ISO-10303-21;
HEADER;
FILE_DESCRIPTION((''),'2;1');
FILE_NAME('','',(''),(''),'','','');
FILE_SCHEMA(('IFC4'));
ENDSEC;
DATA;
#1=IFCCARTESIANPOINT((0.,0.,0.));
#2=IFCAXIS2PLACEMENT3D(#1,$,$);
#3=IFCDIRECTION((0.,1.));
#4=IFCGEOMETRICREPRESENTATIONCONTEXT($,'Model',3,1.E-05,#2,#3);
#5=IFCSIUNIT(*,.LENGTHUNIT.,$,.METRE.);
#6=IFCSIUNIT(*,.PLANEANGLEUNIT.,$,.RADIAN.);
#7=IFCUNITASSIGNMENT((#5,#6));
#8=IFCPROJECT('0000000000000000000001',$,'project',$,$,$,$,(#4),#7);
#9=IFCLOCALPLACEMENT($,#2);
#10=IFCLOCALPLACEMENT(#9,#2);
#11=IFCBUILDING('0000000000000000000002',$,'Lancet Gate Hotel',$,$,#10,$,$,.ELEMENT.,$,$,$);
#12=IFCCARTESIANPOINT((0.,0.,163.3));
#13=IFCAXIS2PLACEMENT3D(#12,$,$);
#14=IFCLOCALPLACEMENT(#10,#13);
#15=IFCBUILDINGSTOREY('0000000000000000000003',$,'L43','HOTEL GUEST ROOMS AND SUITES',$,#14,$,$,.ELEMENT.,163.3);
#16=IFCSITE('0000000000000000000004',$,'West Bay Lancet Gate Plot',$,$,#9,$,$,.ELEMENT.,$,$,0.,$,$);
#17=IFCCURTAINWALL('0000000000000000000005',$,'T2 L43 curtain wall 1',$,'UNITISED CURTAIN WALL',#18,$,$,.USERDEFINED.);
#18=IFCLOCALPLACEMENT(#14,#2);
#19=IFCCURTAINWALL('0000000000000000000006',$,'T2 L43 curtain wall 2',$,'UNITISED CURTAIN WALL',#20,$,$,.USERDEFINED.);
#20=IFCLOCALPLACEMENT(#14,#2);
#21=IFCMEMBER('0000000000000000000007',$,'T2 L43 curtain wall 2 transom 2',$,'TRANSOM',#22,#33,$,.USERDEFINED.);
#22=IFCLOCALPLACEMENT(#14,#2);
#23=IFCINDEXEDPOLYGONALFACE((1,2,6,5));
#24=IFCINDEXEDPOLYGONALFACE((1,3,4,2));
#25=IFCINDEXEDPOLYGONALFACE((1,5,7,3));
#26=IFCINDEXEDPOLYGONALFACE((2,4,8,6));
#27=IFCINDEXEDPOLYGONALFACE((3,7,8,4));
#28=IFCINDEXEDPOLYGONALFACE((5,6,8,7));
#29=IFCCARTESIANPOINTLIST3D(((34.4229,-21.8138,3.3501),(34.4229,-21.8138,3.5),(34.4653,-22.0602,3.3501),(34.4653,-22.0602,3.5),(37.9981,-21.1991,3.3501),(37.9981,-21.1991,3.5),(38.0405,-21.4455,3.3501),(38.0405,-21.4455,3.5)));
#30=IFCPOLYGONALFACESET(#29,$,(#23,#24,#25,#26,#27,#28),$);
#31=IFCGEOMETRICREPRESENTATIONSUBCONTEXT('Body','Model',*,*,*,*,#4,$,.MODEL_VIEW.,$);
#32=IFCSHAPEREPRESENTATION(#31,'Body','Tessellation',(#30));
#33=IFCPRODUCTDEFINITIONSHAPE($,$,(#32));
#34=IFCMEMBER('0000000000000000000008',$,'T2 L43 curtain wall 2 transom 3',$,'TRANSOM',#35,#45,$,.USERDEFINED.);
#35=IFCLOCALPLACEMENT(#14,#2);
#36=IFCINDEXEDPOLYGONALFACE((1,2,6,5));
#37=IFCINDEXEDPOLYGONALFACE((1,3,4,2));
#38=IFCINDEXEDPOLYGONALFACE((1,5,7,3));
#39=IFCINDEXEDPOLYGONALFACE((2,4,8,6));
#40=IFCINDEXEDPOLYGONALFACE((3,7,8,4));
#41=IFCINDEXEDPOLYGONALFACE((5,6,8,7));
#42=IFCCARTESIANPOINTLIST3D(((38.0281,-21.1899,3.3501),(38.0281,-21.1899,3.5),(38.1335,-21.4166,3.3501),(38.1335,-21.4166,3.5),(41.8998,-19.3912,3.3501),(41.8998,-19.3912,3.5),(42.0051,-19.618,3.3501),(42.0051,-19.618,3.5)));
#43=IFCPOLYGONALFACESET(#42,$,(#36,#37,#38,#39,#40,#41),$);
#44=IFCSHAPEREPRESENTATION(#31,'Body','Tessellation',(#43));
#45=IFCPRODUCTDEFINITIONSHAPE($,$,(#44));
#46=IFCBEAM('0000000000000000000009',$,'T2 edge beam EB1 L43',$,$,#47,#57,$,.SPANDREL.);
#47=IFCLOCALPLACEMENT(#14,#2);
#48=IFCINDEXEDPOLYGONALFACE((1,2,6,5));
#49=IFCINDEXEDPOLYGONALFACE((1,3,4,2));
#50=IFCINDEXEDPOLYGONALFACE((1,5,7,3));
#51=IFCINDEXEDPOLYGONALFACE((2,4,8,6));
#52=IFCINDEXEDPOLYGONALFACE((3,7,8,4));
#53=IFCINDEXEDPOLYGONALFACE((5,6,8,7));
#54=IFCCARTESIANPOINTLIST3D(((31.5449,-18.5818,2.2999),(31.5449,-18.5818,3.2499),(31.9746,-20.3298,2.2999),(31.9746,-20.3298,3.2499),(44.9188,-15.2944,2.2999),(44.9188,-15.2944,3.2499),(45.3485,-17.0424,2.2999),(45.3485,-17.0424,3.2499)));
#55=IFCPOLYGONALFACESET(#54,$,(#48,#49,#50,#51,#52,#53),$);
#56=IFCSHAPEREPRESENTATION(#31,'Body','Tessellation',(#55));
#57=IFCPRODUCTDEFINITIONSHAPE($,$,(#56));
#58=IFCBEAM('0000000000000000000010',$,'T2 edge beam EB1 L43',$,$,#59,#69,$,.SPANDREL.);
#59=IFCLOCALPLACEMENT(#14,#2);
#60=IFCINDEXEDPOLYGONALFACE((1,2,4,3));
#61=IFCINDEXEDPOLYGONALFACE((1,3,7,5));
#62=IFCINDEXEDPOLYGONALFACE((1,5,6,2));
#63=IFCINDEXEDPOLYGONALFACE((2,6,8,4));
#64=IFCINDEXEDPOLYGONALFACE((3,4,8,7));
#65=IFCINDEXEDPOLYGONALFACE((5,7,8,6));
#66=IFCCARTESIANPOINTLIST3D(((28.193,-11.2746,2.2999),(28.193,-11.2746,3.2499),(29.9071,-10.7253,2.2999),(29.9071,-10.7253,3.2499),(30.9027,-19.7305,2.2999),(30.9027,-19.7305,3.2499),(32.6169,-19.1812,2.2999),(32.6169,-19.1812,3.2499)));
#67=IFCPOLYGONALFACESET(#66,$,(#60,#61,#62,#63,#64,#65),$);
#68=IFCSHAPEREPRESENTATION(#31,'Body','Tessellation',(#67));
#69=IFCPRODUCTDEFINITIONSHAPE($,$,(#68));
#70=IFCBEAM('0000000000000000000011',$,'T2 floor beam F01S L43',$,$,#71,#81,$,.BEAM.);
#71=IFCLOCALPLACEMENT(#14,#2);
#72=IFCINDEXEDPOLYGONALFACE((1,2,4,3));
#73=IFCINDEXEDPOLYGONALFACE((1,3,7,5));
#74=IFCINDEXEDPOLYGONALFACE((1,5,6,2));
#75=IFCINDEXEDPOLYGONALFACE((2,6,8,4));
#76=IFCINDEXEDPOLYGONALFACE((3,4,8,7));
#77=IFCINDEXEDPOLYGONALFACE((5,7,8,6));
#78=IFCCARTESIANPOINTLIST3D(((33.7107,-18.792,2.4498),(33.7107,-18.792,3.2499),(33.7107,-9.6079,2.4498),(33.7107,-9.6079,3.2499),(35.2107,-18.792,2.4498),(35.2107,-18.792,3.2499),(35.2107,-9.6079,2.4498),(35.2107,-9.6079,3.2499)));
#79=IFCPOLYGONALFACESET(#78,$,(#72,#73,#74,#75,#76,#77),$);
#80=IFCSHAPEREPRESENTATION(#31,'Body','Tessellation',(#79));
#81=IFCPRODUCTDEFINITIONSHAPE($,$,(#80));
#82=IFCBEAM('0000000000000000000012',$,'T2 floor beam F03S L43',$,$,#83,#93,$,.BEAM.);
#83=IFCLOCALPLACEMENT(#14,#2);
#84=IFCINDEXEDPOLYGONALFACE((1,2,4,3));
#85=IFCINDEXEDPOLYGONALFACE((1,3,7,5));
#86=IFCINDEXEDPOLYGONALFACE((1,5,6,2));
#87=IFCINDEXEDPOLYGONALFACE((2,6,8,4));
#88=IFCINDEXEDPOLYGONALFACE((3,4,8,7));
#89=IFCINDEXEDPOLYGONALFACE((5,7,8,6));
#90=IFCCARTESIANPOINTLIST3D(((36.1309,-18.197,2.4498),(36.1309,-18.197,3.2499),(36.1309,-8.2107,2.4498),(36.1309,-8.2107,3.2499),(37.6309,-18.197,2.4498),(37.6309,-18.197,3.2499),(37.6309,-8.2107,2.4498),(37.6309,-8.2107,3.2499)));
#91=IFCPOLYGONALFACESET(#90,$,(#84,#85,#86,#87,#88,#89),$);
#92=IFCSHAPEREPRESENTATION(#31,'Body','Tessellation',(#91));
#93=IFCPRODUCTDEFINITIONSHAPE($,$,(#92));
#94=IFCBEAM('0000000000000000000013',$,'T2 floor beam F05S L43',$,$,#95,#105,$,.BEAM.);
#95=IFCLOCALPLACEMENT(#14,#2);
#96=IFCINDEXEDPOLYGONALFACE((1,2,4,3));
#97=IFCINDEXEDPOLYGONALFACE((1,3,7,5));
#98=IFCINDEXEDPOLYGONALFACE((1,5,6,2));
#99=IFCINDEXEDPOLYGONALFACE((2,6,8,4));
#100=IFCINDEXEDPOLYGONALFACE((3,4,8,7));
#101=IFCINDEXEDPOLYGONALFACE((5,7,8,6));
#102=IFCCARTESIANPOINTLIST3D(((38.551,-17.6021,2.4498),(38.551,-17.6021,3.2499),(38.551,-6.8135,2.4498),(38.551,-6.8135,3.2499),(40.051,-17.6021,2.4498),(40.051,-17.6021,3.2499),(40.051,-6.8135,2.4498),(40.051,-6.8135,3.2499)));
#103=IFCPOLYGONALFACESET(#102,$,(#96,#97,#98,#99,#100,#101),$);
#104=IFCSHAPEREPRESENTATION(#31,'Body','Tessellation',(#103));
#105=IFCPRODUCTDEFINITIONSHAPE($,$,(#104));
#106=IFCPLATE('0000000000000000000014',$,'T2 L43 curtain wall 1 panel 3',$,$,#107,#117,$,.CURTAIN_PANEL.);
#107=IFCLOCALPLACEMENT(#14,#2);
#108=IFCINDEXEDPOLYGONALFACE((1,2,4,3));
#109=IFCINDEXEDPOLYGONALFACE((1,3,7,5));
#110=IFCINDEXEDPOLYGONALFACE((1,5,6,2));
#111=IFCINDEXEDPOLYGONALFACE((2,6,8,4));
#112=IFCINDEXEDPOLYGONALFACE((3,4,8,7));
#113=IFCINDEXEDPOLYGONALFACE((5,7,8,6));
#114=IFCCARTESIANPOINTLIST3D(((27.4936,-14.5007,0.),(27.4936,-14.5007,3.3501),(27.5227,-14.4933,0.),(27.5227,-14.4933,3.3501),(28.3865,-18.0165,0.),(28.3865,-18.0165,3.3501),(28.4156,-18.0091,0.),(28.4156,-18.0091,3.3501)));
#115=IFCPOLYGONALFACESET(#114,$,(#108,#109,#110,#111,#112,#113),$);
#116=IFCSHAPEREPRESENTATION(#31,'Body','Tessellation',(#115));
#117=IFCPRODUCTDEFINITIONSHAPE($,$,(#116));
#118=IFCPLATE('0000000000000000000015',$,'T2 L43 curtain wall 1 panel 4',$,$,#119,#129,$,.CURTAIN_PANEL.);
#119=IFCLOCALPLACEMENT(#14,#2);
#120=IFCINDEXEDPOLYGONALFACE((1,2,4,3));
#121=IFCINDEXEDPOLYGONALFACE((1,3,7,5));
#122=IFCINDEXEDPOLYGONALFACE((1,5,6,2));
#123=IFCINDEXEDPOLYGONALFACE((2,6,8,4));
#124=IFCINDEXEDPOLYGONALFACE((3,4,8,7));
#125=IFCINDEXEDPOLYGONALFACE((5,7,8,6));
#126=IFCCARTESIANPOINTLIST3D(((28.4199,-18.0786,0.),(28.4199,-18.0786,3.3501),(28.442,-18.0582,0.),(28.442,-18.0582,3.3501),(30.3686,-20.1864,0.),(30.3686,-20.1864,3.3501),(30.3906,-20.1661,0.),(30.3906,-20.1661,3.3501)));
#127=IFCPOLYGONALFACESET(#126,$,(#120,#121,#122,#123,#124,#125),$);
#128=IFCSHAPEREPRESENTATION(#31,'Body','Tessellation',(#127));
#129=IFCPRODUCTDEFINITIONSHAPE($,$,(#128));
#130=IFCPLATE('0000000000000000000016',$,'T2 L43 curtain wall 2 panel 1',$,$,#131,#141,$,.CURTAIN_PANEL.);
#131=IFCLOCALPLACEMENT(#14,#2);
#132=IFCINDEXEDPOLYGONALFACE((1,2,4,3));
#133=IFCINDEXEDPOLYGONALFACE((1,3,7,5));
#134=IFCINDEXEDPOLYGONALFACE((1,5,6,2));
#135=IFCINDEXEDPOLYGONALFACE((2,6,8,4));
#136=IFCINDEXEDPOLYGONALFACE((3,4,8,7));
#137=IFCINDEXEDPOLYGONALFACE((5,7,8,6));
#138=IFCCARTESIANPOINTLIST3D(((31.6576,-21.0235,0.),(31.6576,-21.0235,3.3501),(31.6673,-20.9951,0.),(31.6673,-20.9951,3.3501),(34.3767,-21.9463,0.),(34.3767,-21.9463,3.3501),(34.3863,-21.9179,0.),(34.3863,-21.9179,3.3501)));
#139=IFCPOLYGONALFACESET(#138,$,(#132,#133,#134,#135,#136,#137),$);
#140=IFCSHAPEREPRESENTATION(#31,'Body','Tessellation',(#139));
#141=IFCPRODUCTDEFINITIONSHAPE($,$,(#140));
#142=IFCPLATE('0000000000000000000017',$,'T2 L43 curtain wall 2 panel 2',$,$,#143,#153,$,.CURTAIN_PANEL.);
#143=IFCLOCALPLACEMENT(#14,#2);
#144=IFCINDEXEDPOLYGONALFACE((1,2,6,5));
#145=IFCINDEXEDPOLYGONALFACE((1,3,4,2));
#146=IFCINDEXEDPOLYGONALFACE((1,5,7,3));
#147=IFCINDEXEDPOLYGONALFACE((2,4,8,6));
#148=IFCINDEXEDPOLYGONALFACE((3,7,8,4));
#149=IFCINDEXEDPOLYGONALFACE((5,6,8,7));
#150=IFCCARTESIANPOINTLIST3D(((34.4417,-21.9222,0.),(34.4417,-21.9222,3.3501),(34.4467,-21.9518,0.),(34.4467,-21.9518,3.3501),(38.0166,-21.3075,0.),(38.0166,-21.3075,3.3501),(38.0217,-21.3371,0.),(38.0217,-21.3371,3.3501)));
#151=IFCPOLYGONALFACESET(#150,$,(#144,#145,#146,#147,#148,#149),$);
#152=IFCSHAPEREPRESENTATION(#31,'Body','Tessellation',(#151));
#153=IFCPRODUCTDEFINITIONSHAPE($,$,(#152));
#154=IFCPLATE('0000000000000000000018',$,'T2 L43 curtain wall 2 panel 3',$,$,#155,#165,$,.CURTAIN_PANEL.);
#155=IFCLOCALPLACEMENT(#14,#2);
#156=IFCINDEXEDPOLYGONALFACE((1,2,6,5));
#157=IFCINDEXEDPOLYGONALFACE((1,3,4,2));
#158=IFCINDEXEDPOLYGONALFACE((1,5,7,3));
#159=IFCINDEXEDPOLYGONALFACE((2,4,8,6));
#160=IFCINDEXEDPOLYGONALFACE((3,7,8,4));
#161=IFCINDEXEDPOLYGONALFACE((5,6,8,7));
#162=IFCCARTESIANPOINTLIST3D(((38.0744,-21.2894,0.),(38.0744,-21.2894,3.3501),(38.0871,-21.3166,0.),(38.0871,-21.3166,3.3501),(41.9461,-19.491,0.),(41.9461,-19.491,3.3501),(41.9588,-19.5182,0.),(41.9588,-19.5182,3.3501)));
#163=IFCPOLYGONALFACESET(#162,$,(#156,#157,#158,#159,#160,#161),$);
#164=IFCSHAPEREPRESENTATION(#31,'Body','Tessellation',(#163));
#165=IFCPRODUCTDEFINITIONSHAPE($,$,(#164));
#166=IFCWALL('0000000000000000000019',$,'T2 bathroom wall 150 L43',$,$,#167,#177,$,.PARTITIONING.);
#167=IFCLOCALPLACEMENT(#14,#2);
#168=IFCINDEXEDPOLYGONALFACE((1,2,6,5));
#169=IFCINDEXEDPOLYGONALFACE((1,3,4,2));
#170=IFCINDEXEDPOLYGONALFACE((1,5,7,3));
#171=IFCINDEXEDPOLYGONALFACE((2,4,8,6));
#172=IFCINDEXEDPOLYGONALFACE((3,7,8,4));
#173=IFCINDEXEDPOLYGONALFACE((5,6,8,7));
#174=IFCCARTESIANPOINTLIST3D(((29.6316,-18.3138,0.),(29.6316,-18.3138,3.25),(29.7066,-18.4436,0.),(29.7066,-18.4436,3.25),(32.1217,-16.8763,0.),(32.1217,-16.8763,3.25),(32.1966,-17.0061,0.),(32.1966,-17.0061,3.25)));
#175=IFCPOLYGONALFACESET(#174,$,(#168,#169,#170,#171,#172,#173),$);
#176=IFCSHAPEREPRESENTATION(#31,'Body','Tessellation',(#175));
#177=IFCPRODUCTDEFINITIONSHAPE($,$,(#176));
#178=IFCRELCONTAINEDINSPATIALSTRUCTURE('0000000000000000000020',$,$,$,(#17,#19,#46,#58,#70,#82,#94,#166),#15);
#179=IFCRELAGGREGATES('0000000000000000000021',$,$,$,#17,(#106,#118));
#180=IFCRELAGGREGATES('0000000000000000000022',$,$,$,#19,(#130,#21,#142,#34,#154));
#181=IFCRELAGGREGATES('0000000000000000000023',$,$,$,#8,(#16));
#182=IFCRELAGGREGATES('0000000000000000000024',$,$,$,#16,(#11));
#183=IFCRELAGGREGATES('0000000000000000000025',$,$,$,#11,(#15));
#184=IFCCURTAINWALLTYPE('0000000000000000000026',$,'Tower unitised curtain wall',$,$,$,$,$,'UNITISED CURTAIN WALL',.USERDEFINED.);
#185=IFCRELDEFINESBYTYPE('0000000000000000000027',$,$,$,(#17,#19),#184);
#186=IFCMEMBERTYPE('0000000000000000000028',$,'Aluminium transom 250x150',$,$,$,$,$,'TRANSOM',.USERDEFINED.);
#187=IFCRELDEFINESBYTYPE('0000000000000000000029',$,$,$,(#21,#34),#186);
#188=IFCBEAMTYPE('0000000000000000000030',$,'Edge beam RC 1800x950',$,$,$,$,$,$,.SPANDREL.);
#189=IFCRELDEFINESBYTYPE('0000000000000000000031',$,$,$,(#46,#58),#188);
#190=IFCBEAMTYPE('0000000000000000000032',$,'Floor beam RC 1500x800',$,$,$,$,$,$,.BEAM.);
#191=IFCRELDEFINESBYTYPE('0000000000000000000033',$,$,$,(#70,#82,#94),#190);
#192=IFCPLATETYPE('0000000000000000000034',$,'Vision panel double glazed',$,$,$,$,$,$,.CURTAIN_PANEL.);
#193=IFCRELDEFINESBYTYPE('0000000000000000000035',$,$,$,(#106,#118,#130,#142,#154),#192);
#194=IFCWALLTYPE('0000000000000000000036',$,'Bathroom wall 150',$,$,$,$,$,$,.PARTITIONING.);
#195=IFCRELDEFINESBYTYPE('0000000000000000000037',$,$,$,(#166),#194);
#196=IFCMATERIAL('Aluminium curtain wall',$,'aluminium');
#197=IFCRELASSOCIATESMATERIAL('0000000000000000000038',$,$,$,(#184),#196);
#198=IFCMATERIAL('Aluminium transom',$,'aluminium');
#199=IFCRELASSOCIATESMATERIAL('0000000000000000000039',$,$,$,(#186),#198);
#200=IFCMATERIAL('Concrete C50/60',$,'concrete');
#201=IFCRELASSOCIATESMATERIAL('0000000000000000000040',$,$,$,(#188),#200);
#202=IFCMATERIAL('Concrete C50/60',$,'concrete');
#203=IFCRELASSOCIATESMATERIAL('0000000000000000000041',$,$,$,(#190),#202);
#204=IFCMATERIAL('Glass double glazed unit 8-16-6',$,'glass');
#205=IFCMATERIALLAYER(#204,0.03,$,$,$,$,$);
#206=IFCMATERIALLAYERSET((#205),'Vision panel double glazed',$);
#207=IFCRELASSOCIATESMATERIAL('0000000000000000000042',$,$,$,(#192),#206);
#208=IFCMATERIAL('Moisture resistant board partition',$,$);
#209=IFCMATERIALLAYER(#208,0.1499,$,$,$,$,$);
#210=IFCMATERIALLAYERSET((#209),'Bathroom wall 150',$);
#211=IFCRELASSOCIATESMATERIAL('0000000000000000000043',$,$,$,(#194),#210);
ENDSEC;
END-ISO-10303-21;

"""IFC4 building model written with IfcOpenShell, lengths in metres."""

from ifc_helpers import new_model, si_unit, direction, frame, frame_2d, origin, origin_2d, place, context, subcontext, project, spatial, rectangle, extrude, material, layer, layer_set, material_profile, profile_set, type_object, element, aggregate, save


model = new_model("IFC4")

# Units and contexts
model_context = context("Model", 3, precision=1e-05, world=origin(), true_north=direction((0.0, 1.0)))
body_context = subcontext(model_context, "Body", "Model", "MODEL_VIEW")
ifc_project = project(units=[si_unit("LENGTHUNIT", "METRE"), si_unit("PLANEANGLEUNIT", "RADIAN")], contexts=[model_context])

# Site, building, storey
site_placement = place(None, origin())
site = spatial("IfcSite", under=ifc_project, at=site_placement, Name="West Bay Lancet Gate Plot", CompositionType="ELEMENT", RefElevation=0.0)
building_placement = place(site_placement, origin())
building = spatial("IfcBuilding", under=site, at=building_placement, Name="Lancet Gate Hotel", CompositionType="ELEMENT")
storey_placement = place(building_placement, frame((0.0, 0.0, 163.3)))
storey = spatial("IfcBuildingStorey", under=building, at=storey_placement, Name="L43", Description="HOTEL GUEST ROOMS AND SUITES", CompositionType="ELEMENT", Elevation=163.3)

# Curtain walls
ifc_material_1 = material(Name="Aluminium curtain wall", Category="aluminium")
curtain_wall_type = type_object("IfcCurtainWallType", Name="Tower unitised curtain wall", ElementType="UNITISED CURTAIN WALL", PredefinedType="USERDEFINED", material=ifc_material_1)
curtain_wall_1_placement = place(storey_placement, origin())
curtain_wall_1 = element("IfcCurtainWall", 1, at=curtain_wall_1_placement, inside=storey, type_object=curtain_wall_type, Name="T2 L43 curtain wall 1", ObjectType="UNITISED CURTAIN WALL", PredefinedType="USERDEFINED")
curtain_wall_2_placement = place(storey_placement, origin())
curtain_wall_2 = element("IfcCurtainWall", 2, at=curtain_wall_2_placement, inside=storey, type_object=curtain_wall_type, Name="T2 L43 curtain wall 2", ObjectType="UNITISED CURTAIN WALL", PredefinedType="USERDEFINED")

# Members
ifc_material_2 = material(Name="Aluminium transom", Category="aluminium")
ifc_material_profile_1 = material_profile(ifc_material_2, rectangle(XDim=0.25, YDim=0.1499, at=origin_2d()), Name="TRANSOM 250x150")
ifc_profile_set_1 = profile_set([ifc_material_profile_1], Name="Aluminium transom")
member_type_1 = type_object("IfcMemberType", Name="Aluminium transom 250x150", ElementType="TRANSOM", PredefinedType="USERDEFINED", material=ifc_profile_set_1)
member_1_placement = place(storey_placement, frame((34.4441, -21.937, 3.425), z_axis=(0.985537, 0.169461, 0.0), x_axis=(-0.169461, 0.985537, 0.0)))
member_1 = element("IfcMember", 3, at=member_1_placement, type_object=member_type_1, Name="T2 L43 curtain wall 2 transom 2", ObjectType="TRANSOM", PredefinedType="USERDEFINED", context=body_context, shape_type="SweptSolid", body=[
    extrude(rectangle(XDim=0.25, YDim=0.1499, at=origin_2d()), origin(), (0.0, 0.0, 1.0), 3.6277),
])
member_2_placement = place(storey_placement, frame((38.0808, -21.3032, 3.425), z_axis=(0.906914, 0.421316, 0.0), x_axis=(-0.421316, 0.906914, 0.0)))
member_2 = element("IfcMember", 4, at=member_2_placement, type_object=member_type_1, Name="T2 L43 curtain wall 2 transom 3", ObjectType="TRANSOM", PredefinedType="USERDEFINED", context=body_context, shape_type="SweptSolid", body=[
    extrude(rectangle(XDim=0.25, YDim=0.1499, at=origin_2d()), origin(), (0.0, 0.0, 1.0), 4.269),
])

# Beams
ifc_material_3 = material(Name="Concrete C50/60", Category="concrete")
ifc_material_profile_2 = material_profile(ifc_material_3, rectangle(XDim=1.8, YDim=0.95, at=origin_2d()), Name="RC 1800x950")
ifc_profile_set_2 = profile_set([ifc_material_profile_2], Name="Concrete C50/60")
beam_type_1 = type_object("IfcBeamType", Name="Edge beam RC 1800x950", PredefinedType="SPANDREL", material=ifc_profile_set_2)
beam_1_placement = place(storey_placement, frame((31.7598, -19.4558, 2.7749), z_axis=(0.971093, 0.2387, 0.0), x_axis=(-0.2387, 0.971093, 0.0)))
element("IfcBeam", 5, at=beam_1_placement, inside=storey, type_object=beam_type_1, Name="T2 edge beam EB1 L43", PredefinedType="SPANDREL", context=body_context, shape_type="SweptSolid", body=[
    extrude(rectangle(XDim=1.8, YDim=0.95, at=origin_2d()), origin(), (0.0, 0.0, 1.0), 13.772),
])
beam_2_placement = place(storey_placement, frame((31.7598, -19.4558, 2.7749), z_axis=(-0.30517, 0.952298, 0.0), x_axis=(-0.952298, -0.30517, 0.0)))
element("IfcBeam", 6, at=beam_2_placement, inside=storey, type_object=beam_type_1, Name="T2 edge beam EB1 L43", PredefinedType="SPANDREL", context=body_context, shape_type="SweptSolid", body=[
    extrude(rectangle(XDim=1.8, YDim=0.95, at=origin_2d()), origin(), (0.0, 0.0, 1.0), 8.8794),
])
ifc_material_4 = material(Name="Concrete C50/60", Category="concrete")
ifc_material_profile_3 = material_profile(ifc_material_4, rectangle(XDim=1.5, YDim=0.8, at=origin_2d()), Name="RC 1500x800")
ifc_profile_set_3 = profile_set([ifc_material_profile_3], Name="Concrete C50/60")
beam_type_2 = type_object("IfcBeamType", Name="Floor beam RC 1500x800", PredefinedType="BEAM", material=ifc_profile_set_3)
beam_3_placement = place(storey_placement, frame((34.4607, -18.792, 2.8499), z_axis=(0.0, 1.0, 0.0), x_axis=(-1.0, 0.0, 0.0)))
element("IfcBeam", 7, at=beam_3_placement, inside=storey, type_object=beam_type_2, Name="T2 floor beam F01S L43", PredefinedType="BEAM", context=body_context, shape_type="SweptSolid", body=[
    extrude(rectangle(XDim=1.5, YDim=0.8, at=origin_2d()), origin(), (0.0, 0.0, 1.0), 9.1841),
])
beam_4_placement = place(storey_placement, frame((36.8809, -18.197, 2.8499), z_axis=(0.0, 1.0, 0.0), x_axis=(-1.0, 0.0, 0.0)))
element("IfcBeam", 8, at=beam_4_placement, inside=storey, type_object=beam_type_2, Name="T2 floor beam F03S L43", PredefinedType="BEAM", context=body_context, shape_type="SweptSolid", body=[
    extrude(rectangle(XDim=1.5, YDim=0.8, at=origin_2d()), origin(), (0.0, 0.0, 1.0), 9.9863),
])
beam_5_placement = place(storey_placement, frame((39.301, -17.6021, 2.8499), z_axis=(0.0, 1.0, 0.0), x_axis=(-1.0, 0.0, 0.0)))
element("IfcBeam", 9, at=beam_5_placement, inside=storey, type_object=beam_type_2, Name="T2 floor beam F05S L43", PredefinedType="BEAM", context=body_context, shape_type="SweptSolid", body=[
    extrude(rectangle(XDim=1.5, YDim=0.8, at=origin_2d()), origin(), (0.0, 0.0, 1.0), 10.7886),
])

# Plates
ifc_material_5 = material(Name="Glass double glazed unit 8-16-6", Category="glass")
ifc_layer_1 = layer(ifc_material_5, 0.03)
ifc_layer_set_1 = layer_set([ifc_layer_1], Name="Vision panel double glazed")
plate_type = type_object("IfcPlateType", Name="Vision panel double glazed", PredefinedType="CURTAIN_PANEL", material=ifc_layer_set_1)
plate_1_placement = place(storey_placement, frame((27.9546, -16.2549, 0.0), z_axis=(0.0, 0.0, 1.0), x_axis=(0.246167, -0.969228, 0.0)))
plate_1 = element("IfcPlate", 10, at=plate_1_placement, type_object=plate_type, Name="T2 L43 curtain wall 1 panel 3", PredefinedType="CURTAIN_PANEL", context=body_context, shape_type="SweptSolid", body=[
    extrude(rectangle(XDim=3.6274, YDim=0.03, at=origin_2d()), origin(), (0.0, 0.0, 1.0), 3.3501),
])
plate_2_placement = place(storey_placement, frame((29.4053, -19.1223, 0.0), z_axis=(0.0, 0.0, 1.0), x_axis=(0.678831, -0.734294, 0.0)))
plate_2 = element("IfcPlate", 11, at=plate_2_placement, type_object=plate_type, Name="T2 L43 curtain wall 1 panel 4", PredefinedType="CURTAIN_PANEL", context=body_context, shape_type="SweptSolid", body=[
    extrude(rectangle(XDim=2.8706, YDim=0.03, at=origin_2d()), origin(), (0.0, 0.0, 1.0), 3.3501),
])
aggregate(curtain_wall_1, [plate_1, plate_2])
plate_3_placement = place(storey_placement, frame((33.022, -21.4707, 0.0), z_axis=(0.0, 0.0, 1.0), x_axis=(0.946952, -0.321374, 0.0)))
plate_3 = element("IfcPlate", 12, at=plate_3_placement, type_object=plate_type, Name="T2 L43 curtain wall 2 panel 1", PredefinedType="CURTAIN_PANEL", context=body_context, shape_type="SweptSolid", body=[
    extrude(rectangle(XDim=2.8713, YDim=0.03, at=origin_2d()), origin(), (0.0, 0.0, 1.0), 3.3501),
])
plate_4_placement = place(storey_placement, frame((36.2317, -21.6296, 0.0), z_axis=(0.0, 0.0, 1.0), x_axis=(0.98554, 0.169445, 0.0)))
plate_4 = element("IfcPlate", 13, at=plate_4_placement, type_object=plate_type, Name="T2 L43 curtain wall 2 panel 2", PredefinedType="CURTAIN_PANEL", context=body_context, shape_type="SweptSolid", body=[
    extrude(rectangle(XDim=3.6274, YDim=0.03, at=origin_2d()), origin(), (0.0, 0.0, 1.0), 3.3501),
])
plate_5_placement = place(storey_placement, frame((40.0166, -20.4038, 0.0), z_axis=(0.0, 0.0, 1.0), x_axis=(0.906935, 0.421271, 0.0)))
plate_5 = element("IfcPlate", 14, at=plate_5_placement, type_object=plate_type, Name="T2 L43 curtain wall 2 panel 3", PredefinedType="CURTAIN_PANEL", context=body_context, shape_type="SweptSolid", body=[
    extrude(rectangle(XDim=4.269, YDim=0.03, at=origin_2d()), origin(), (0.0, 0.0, 1.0), 3.3501),
])
aggregate(curtain_wall_2, [plate_3, member_1, plate_4, member_2, plate_5])

# Wall
ifc_material_6 = material(Name="Moisture resistant board partition")
ifc_layer_2 = layer(ifc_material_6, 0.1499)
ifc_layer_set_2 = layer_set([ifc_layer_2], Name="Bathroom wall 150")
wall_type_1 = type_object("IfcWallType", Name="Bathroom wall 150", PredefinedType="PARTITIONING", material=ifc_layer_set_2)
wall_1_placement = place(storey_placement, frame((29.6692, -18.3787, 0.0), z_axis=(0.0, 0.0, 1.0), x_axis=(0.86604, 0.499975, 0.0)))
element("IfcWall", 15, at=wall_1_placement, inside=storey, type_object=wall_type_1, Name="T2 bathroom wall 150 L43", PredefinedType="PARTITIONING", context=body_context, shape_type="SweptSolid", body=[
    extrude(rectangle(XDim=2.8752, YDim=0.1499, at=frame_2d((1.4375, 0.0))), origin(), (0.0, 0.0, 1.0), 3.25),
])

save(model, "model.ifc")
